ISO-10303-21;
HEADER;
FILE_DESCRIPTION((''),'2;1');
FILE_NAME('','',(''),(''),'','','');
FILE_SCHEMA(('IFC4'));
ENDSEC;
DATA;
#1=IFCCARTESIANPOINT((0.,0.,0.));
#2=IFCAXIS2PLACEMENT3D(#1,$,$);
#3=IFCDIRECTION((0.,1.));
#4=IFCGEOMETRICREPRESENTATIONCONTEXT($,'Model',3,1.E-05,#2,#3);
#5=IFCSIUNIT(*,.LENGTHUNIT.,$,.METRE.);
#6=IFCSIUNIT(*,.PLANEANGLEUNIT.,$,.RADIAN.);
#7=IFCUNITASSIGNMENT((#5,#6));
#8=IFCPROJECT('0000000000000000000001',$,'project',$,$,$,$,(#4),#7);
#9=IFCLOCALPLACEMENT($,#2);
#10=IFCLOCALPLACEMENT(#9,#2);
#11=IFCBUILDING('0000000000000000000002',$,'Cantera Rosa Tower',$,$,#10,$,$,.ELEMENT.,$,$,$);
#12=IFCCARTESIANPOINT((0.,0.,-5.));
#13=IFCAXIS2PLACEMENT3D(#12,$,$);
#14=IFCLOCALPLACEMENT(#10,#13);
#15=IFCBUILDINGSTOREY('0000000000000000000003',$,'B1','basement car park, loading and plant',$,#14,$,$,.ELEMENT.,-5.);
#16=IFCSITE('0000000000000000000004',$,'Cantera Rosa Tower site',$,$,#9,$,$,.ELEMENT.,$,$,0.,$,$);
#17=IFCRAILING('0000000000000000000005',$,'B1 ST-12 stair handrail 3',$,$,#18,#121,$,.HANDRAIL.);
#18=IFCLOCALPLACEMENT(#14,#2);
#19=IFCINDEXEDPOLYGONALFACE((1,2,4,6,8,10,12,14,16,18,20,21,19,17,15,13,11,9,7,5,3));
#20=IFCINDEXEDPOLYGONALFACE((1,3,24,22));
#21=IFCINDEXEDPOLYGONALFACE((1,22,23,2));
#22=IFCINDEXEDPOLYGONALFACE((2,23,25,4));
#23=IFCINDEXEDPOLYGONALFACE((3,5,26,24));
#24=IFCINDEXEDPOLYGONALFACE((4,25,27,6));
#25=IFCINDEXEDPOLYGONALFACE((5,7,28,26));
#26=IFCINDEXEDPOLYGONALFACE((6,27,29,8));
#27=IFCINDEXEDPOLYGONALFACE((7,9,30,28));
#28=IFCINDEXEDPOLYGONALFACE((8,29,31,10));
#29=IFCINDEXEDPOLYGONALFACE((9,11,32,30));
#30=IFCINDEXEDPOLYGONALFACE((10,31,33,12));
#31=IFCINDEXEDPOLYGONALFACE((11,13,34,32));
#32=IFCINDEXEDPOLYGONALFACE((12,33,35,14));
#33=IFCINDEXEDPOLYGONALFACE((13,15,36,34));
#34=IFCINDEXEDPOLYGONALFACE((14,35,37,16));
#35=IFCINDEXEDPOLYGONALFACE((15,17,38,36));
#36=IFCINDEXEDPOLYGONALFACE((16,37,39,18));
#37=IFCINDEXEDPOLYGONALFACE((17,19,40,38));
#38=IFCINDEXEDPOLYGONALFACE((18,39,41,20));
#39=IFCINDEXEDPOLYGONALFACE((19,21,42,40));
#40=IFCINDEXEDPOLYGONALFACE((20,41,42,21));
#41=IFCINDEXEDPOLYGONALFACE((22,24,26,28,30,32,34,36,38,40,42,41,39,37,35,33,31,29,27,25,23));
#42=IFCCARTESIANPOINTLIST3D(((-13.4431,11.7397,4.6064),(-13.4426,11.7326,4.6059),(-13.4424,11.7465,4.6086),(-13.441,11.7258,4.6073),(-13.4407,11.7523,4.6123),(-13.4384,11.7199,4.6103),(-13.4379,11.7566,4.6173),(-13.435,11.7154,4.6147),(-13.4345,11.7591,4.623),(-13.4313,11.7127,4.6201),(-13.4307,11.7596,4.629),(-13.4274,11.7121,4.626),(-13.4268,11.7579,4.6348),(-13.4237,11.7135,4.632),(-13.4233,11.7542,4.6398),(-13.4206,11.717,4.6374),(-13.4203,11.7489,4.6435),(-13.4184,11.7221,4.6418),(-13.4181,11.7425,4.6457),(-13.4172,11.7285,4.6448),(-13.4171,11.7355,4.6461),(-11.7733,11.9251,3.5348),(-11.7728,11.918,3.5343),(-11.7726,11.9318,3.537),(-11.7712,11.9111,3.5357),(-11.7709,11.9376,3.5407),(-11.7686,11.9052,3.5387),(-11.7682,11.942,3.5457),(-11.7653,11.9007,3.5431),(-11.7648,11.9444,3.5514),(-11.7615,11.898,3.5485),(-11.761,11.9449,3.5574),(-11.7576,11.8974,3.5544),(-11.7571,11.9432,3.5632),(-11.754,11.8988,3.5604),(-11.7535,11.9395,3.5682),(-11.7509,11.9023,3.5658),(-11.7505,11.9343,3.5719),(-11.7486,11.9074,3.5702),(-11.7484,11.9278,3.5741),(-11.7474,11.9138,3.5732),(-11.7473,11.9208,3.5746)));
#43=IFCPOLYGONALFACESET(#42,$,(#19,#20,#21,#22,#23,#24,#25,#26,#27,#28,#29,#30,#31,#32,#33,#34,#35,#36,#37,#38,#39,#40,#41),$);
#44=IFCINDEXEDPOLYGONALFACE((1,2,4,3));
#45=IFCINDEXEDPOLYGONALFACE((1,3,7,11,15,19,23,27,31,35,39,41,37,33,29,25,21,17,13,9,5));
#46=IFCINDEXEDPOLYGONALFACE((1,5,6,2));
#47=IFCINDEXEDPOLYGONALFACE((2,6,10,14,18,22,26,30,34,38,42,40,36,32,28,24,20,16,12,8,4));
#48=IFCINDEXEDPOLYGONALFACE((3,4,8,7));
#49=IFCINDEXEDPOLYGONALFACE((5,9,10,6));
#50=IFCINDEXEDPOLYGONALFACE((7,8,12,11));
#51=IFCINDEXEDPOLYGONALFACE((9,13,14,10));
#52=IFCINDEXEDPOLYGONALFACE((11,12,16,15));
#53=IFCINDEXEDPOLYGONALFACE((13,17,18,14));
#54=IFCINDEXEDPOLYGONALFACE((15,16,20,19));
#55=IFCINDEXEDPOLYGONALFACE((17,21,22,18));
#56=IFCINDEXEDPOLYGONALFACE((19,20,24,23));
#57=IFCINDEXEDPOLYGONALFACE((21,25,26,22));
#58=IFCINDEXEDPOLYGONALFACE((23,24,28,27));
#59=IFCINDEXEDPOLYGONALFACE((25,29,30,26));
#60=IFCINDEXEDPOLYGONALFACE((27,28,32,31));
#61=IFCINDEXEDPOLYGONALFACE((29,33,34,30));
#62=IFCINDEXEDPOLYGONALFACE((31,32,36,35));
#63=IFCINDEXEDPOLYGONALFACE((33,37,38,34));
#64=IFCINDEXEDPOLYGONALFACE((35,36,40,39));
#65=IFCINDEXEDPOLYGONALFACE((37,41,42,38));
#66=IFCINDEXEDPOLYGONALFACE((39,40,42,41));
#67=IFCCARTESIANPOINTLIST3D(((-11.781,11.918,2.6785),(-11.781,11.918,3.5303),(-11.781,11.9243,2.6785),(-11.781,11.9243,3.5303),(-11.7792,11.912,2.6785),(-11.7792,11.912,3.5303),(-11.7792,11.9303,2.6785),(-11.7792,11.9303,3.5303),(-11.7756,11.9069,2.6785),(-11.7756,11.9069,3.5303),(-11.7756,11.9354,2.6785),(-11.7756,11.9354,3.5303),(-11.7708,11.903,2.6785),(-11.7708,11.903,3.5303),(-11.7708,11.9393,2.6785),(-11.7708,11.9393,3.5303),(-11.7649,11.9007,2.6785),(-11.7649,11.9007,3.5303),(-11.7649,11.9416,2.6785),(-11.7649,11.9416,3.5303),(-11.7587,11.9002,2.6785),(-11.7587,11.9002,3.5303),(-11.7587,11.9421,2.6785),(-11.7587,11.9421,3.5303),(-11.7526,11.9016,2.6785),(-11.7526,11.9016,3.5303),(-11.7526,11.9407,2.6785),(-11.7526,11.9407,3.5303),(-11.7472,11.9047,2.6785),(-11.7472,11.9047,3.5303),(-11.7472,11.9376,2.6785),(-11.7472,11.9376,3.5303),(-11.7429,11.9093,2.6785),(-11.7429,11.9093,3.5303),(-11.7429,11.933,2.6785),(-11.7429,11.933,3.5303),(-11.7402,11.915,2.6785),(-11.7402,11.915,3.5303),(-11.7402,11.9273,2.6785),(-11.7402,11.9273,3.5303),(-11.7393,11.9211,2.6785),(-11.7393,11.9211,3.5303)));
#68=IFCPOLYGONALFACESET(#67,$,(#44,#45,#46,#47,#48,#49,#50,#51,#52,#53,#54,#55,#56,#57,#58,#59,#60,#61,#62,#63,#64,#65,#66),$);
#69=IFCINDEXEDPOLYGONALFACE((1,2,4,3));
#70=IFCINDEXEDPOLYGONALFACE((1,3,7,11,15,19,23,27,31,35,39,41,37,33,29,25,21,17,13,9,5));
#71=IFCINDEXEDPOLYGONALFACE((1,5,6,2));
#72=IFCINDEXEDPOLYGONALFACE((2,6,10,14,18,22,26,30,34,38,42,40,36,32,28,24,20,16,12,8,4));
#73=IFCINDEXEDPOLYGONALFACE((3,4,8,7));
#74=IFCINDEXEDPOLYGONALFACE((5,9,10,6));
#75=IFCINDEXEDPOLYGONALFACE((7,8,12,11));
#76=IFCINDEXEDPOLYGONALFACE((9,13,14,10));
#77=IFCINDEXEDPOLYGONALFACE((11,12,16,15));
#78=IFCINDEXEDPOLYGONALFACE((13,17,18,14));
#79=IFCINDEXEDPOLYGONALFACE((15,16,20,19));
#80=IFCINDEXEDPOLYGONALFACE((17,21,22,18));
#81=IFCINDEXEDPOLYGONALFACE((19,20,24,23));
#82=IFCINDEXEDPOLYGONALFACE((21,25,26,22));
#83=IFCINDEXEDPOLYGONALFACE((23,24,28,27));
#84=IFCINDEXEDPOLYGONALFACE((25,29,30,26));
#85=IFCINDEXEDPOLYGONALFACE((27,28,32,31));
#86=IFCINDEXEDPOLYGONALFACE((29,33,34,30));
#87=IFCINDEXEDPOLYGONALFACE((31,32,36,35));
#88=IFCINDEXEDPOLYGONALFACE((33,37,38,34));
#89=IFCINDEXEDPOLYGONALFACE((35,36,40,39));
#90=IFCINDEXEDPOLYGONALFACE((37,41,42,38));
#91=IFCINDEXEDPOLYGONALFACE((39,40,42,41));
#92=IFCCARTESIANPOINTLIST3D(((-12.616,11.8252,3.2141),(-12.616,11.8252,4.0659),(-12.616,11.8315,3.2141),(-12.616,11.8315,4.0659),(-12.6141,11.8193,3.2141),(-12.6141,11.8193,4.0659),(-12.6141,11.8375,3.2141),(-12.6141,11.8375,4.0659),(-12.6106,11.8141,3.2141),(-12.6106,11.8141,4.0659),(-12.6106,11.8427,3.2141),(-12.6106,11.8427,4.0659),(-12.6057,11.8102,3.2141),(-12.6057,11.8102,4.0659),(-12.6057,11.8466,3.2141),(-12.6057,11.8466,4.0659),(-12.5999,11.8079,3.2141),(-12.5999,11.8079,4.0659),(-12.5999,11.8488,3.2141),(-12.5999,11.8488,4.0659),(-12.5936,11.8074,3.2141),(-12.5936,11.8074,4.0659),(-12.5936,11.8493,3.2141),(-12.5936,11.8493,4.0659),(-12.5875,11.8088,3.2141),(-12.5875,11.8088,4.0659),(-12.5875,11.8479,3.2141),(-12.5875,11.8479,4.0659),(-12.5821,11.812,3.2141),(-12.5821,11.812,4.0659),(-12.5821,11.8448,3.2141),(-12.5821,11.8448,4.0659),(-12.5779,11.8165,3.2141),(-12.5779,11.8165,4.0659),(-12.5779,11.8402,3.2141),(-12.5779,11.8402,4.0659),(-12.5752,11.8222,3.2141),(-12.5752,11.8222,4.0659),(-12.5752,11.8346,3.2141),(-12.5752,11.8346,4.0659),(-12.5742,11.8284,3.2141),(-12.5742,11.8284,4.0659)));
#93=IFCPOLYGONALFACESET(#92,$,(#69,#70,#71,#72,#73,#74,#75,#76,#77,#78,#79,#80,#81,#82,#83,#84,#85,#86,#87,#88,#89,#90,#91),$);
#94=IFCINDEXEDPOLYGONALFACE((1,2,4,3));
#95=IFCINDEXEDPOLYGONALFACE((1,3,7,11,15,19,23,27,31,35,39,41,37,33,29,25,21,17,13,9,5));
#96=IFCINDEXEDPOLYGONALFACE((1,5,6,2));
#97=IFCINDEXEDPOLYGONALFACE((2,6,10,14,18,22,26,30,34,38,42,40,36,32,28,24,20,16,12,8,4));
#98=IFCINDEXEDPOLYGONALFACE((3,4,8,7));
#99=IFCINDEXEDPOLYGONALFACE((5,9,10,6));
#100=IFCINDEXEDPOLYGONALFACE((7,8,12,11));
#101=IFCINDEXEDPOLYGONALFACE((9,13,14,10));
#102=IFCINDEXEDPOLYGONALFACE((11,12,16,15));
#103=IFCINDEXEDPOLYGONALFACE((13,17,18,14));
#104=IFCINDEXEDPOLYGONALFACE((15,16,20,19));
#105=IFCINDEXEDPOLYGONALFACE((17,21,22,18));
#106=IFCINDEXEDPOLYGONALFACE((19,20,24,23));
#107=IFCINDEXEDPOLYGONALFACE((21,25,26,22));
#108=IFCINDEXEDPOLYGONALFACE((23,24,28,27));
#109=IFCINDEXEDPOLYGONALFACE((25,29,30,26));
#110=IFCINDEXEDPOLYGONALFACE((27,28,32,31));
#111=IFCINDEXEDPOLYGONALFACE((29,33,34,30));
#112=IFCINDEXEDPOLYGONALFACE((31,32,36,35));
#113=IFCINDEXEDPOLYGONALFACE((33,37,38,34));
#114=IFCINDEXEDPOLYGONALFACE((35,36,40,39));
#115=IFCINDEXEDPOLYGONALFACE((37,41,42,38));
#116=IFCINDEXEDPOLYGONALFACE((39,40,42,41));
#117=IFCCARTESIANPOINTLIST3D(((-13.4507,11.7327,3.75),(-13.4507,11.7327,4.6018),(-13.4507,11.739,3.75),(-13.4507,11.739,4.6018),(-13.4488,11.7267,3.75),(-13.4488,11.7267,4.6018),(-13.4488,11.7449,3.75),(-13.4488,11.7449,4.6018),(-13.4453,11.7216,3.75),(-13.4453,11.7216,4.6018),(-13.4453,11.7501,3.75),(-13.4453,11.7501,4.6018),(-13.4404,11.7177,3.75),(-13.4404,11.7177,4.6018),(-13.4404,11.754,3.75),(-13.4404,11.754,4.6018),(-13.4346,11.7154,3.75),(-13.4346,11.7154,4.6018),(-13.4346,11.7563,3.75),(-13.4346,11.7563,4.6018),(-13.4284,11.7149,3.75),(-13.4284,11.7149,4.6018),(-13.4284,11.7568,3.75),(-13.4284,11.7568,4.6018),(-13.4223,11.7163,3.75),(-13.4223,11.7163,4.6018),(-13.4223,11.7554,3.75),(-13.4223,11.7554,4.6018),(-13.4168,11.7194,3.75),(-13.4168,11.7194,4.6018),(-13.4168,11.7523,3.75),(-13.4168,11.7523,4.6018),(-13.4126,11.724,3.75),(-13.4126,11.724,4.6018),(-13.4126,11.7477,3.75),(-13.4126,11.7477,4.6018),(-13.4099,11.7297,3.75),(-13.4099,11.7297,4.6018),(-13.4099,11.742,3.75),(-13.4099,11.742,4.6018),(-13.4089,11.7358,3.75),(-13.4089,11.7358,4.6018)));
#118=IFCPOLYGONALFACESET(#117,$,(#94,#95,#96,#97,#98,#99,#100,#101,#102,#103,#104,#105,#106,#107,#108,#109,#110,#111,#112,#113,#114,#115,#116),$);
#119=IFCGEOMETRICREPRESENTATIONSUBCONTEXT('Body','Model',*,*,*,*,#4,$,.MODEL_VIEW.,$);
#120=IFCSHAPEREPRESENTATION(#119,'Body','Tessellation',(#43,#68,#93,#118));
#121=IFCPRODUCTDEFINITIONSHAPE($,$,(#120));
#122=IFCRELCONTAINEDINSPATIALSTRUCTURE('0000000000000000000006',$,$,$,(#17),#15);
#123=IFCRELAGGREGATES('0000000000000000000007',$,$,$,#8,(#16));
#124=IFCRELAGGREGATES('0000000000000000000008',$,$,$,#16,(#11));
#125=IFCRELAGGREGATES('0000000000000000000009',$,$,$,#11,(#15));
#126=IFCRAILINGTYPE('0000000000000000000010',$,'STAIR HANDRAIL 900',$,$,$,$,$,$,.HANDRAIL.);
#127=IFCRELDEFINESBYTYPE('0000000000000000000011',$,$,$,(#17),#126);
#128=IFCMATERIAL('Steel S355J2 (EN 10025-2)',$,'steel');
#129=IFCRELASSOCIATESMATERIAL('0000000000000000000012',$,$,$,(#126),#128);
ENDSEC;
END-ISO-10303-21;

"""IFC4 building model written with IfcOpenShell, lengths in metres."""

from ifc_helpers import new_model, si_unit, direction, frame, origin, origin_2d, place, context, subcontext, project, spatial, circle, extrude, material, type_object, element, save


model = new_model("IFC4")

# Units and contexts
model_context = context("Model", 3, precision=1e-05, world=origin(), true_north=direction((0.0, 1.0)))
body_context = subcontext(model_context, "Body", "Model", "MODEL_VIEW")
ifc_project = project(units=[si_unit("LENGTHUNIT", "METRE"), si_unit("PLANEANGLEUNIT", "RADIAN")], contexts=[model_context])

# Site, building, storey
site_placement = place(None, origin())
site = spatial("IfcSite", under=ifc_project, at=site_placement, Name="Cantera Rosa Tower site", CompositionType="ELEMENT", RefElevation=0.0)
building_placement = place(site_placement, origin())
building = spatial("IfcBuilding", under=site, at=building_placement, Name="Cantera Rosa Tower", CompositionType="ELEMENT")
storey_placement = place(building_placement, frame((0.0, 0.0, -5.0)))
storey = spatial("IfcBuildingStorey", under=building, at=storey_placement, Name="B1", Description="basement car park, loading and plant", CompositionType="ELEMENT", Elevation=-5.0)

# Railing
ifc_material_1 = material(Name="Steel S355J2 (EN 10025-2)", Category="steel")
railing_type_1 = type_object("IfcRailingType", Name="STAIR HANDRAIL 900", PredefinedType="HANDRAIL", material=ifc_material_1)
for number, where, name in (
    (1, (-11.7603, 11.9211, 2.6785), "B1 ST-12 stair handrail 3"),
):
    element("IfcRailing", number, at=place(storey_placement, frame(where)), inside=storey, type_object=railing_type_1, Name=name, PredefinedType="HANDRAIL", context=body_context, shape_type="SweptSolid", body=[
        extrude(circle(Radius=0.0239, at=origin_2d()), frame((0.0, 0.0, 0.876), z_axis=(-0.837951, -0.092997, 0.537764), x_axis=(0.110304, -0.993898, 0.0)), (0.0, 0.0, 1.0), 1.9927),
        extrude(circle(Radius=0.021, at=origin_2d()), origin(), (0.0, 0.0, 1.0), 0.8518),
        extrude(circle(Radius=0.021, at=origin_2d()), frame((-0.835, -0.0928, 0.5356)), (0.0, 0.0, 1.0), 0.8518),
        extrude(circle(Radius=0.021, at=origin_2d()), frame((-1.6697, -0.1853, 1.0715)), (0.0, 0.0, 1.0), 0.8518),
    ])

save(model, "model.ifc")
